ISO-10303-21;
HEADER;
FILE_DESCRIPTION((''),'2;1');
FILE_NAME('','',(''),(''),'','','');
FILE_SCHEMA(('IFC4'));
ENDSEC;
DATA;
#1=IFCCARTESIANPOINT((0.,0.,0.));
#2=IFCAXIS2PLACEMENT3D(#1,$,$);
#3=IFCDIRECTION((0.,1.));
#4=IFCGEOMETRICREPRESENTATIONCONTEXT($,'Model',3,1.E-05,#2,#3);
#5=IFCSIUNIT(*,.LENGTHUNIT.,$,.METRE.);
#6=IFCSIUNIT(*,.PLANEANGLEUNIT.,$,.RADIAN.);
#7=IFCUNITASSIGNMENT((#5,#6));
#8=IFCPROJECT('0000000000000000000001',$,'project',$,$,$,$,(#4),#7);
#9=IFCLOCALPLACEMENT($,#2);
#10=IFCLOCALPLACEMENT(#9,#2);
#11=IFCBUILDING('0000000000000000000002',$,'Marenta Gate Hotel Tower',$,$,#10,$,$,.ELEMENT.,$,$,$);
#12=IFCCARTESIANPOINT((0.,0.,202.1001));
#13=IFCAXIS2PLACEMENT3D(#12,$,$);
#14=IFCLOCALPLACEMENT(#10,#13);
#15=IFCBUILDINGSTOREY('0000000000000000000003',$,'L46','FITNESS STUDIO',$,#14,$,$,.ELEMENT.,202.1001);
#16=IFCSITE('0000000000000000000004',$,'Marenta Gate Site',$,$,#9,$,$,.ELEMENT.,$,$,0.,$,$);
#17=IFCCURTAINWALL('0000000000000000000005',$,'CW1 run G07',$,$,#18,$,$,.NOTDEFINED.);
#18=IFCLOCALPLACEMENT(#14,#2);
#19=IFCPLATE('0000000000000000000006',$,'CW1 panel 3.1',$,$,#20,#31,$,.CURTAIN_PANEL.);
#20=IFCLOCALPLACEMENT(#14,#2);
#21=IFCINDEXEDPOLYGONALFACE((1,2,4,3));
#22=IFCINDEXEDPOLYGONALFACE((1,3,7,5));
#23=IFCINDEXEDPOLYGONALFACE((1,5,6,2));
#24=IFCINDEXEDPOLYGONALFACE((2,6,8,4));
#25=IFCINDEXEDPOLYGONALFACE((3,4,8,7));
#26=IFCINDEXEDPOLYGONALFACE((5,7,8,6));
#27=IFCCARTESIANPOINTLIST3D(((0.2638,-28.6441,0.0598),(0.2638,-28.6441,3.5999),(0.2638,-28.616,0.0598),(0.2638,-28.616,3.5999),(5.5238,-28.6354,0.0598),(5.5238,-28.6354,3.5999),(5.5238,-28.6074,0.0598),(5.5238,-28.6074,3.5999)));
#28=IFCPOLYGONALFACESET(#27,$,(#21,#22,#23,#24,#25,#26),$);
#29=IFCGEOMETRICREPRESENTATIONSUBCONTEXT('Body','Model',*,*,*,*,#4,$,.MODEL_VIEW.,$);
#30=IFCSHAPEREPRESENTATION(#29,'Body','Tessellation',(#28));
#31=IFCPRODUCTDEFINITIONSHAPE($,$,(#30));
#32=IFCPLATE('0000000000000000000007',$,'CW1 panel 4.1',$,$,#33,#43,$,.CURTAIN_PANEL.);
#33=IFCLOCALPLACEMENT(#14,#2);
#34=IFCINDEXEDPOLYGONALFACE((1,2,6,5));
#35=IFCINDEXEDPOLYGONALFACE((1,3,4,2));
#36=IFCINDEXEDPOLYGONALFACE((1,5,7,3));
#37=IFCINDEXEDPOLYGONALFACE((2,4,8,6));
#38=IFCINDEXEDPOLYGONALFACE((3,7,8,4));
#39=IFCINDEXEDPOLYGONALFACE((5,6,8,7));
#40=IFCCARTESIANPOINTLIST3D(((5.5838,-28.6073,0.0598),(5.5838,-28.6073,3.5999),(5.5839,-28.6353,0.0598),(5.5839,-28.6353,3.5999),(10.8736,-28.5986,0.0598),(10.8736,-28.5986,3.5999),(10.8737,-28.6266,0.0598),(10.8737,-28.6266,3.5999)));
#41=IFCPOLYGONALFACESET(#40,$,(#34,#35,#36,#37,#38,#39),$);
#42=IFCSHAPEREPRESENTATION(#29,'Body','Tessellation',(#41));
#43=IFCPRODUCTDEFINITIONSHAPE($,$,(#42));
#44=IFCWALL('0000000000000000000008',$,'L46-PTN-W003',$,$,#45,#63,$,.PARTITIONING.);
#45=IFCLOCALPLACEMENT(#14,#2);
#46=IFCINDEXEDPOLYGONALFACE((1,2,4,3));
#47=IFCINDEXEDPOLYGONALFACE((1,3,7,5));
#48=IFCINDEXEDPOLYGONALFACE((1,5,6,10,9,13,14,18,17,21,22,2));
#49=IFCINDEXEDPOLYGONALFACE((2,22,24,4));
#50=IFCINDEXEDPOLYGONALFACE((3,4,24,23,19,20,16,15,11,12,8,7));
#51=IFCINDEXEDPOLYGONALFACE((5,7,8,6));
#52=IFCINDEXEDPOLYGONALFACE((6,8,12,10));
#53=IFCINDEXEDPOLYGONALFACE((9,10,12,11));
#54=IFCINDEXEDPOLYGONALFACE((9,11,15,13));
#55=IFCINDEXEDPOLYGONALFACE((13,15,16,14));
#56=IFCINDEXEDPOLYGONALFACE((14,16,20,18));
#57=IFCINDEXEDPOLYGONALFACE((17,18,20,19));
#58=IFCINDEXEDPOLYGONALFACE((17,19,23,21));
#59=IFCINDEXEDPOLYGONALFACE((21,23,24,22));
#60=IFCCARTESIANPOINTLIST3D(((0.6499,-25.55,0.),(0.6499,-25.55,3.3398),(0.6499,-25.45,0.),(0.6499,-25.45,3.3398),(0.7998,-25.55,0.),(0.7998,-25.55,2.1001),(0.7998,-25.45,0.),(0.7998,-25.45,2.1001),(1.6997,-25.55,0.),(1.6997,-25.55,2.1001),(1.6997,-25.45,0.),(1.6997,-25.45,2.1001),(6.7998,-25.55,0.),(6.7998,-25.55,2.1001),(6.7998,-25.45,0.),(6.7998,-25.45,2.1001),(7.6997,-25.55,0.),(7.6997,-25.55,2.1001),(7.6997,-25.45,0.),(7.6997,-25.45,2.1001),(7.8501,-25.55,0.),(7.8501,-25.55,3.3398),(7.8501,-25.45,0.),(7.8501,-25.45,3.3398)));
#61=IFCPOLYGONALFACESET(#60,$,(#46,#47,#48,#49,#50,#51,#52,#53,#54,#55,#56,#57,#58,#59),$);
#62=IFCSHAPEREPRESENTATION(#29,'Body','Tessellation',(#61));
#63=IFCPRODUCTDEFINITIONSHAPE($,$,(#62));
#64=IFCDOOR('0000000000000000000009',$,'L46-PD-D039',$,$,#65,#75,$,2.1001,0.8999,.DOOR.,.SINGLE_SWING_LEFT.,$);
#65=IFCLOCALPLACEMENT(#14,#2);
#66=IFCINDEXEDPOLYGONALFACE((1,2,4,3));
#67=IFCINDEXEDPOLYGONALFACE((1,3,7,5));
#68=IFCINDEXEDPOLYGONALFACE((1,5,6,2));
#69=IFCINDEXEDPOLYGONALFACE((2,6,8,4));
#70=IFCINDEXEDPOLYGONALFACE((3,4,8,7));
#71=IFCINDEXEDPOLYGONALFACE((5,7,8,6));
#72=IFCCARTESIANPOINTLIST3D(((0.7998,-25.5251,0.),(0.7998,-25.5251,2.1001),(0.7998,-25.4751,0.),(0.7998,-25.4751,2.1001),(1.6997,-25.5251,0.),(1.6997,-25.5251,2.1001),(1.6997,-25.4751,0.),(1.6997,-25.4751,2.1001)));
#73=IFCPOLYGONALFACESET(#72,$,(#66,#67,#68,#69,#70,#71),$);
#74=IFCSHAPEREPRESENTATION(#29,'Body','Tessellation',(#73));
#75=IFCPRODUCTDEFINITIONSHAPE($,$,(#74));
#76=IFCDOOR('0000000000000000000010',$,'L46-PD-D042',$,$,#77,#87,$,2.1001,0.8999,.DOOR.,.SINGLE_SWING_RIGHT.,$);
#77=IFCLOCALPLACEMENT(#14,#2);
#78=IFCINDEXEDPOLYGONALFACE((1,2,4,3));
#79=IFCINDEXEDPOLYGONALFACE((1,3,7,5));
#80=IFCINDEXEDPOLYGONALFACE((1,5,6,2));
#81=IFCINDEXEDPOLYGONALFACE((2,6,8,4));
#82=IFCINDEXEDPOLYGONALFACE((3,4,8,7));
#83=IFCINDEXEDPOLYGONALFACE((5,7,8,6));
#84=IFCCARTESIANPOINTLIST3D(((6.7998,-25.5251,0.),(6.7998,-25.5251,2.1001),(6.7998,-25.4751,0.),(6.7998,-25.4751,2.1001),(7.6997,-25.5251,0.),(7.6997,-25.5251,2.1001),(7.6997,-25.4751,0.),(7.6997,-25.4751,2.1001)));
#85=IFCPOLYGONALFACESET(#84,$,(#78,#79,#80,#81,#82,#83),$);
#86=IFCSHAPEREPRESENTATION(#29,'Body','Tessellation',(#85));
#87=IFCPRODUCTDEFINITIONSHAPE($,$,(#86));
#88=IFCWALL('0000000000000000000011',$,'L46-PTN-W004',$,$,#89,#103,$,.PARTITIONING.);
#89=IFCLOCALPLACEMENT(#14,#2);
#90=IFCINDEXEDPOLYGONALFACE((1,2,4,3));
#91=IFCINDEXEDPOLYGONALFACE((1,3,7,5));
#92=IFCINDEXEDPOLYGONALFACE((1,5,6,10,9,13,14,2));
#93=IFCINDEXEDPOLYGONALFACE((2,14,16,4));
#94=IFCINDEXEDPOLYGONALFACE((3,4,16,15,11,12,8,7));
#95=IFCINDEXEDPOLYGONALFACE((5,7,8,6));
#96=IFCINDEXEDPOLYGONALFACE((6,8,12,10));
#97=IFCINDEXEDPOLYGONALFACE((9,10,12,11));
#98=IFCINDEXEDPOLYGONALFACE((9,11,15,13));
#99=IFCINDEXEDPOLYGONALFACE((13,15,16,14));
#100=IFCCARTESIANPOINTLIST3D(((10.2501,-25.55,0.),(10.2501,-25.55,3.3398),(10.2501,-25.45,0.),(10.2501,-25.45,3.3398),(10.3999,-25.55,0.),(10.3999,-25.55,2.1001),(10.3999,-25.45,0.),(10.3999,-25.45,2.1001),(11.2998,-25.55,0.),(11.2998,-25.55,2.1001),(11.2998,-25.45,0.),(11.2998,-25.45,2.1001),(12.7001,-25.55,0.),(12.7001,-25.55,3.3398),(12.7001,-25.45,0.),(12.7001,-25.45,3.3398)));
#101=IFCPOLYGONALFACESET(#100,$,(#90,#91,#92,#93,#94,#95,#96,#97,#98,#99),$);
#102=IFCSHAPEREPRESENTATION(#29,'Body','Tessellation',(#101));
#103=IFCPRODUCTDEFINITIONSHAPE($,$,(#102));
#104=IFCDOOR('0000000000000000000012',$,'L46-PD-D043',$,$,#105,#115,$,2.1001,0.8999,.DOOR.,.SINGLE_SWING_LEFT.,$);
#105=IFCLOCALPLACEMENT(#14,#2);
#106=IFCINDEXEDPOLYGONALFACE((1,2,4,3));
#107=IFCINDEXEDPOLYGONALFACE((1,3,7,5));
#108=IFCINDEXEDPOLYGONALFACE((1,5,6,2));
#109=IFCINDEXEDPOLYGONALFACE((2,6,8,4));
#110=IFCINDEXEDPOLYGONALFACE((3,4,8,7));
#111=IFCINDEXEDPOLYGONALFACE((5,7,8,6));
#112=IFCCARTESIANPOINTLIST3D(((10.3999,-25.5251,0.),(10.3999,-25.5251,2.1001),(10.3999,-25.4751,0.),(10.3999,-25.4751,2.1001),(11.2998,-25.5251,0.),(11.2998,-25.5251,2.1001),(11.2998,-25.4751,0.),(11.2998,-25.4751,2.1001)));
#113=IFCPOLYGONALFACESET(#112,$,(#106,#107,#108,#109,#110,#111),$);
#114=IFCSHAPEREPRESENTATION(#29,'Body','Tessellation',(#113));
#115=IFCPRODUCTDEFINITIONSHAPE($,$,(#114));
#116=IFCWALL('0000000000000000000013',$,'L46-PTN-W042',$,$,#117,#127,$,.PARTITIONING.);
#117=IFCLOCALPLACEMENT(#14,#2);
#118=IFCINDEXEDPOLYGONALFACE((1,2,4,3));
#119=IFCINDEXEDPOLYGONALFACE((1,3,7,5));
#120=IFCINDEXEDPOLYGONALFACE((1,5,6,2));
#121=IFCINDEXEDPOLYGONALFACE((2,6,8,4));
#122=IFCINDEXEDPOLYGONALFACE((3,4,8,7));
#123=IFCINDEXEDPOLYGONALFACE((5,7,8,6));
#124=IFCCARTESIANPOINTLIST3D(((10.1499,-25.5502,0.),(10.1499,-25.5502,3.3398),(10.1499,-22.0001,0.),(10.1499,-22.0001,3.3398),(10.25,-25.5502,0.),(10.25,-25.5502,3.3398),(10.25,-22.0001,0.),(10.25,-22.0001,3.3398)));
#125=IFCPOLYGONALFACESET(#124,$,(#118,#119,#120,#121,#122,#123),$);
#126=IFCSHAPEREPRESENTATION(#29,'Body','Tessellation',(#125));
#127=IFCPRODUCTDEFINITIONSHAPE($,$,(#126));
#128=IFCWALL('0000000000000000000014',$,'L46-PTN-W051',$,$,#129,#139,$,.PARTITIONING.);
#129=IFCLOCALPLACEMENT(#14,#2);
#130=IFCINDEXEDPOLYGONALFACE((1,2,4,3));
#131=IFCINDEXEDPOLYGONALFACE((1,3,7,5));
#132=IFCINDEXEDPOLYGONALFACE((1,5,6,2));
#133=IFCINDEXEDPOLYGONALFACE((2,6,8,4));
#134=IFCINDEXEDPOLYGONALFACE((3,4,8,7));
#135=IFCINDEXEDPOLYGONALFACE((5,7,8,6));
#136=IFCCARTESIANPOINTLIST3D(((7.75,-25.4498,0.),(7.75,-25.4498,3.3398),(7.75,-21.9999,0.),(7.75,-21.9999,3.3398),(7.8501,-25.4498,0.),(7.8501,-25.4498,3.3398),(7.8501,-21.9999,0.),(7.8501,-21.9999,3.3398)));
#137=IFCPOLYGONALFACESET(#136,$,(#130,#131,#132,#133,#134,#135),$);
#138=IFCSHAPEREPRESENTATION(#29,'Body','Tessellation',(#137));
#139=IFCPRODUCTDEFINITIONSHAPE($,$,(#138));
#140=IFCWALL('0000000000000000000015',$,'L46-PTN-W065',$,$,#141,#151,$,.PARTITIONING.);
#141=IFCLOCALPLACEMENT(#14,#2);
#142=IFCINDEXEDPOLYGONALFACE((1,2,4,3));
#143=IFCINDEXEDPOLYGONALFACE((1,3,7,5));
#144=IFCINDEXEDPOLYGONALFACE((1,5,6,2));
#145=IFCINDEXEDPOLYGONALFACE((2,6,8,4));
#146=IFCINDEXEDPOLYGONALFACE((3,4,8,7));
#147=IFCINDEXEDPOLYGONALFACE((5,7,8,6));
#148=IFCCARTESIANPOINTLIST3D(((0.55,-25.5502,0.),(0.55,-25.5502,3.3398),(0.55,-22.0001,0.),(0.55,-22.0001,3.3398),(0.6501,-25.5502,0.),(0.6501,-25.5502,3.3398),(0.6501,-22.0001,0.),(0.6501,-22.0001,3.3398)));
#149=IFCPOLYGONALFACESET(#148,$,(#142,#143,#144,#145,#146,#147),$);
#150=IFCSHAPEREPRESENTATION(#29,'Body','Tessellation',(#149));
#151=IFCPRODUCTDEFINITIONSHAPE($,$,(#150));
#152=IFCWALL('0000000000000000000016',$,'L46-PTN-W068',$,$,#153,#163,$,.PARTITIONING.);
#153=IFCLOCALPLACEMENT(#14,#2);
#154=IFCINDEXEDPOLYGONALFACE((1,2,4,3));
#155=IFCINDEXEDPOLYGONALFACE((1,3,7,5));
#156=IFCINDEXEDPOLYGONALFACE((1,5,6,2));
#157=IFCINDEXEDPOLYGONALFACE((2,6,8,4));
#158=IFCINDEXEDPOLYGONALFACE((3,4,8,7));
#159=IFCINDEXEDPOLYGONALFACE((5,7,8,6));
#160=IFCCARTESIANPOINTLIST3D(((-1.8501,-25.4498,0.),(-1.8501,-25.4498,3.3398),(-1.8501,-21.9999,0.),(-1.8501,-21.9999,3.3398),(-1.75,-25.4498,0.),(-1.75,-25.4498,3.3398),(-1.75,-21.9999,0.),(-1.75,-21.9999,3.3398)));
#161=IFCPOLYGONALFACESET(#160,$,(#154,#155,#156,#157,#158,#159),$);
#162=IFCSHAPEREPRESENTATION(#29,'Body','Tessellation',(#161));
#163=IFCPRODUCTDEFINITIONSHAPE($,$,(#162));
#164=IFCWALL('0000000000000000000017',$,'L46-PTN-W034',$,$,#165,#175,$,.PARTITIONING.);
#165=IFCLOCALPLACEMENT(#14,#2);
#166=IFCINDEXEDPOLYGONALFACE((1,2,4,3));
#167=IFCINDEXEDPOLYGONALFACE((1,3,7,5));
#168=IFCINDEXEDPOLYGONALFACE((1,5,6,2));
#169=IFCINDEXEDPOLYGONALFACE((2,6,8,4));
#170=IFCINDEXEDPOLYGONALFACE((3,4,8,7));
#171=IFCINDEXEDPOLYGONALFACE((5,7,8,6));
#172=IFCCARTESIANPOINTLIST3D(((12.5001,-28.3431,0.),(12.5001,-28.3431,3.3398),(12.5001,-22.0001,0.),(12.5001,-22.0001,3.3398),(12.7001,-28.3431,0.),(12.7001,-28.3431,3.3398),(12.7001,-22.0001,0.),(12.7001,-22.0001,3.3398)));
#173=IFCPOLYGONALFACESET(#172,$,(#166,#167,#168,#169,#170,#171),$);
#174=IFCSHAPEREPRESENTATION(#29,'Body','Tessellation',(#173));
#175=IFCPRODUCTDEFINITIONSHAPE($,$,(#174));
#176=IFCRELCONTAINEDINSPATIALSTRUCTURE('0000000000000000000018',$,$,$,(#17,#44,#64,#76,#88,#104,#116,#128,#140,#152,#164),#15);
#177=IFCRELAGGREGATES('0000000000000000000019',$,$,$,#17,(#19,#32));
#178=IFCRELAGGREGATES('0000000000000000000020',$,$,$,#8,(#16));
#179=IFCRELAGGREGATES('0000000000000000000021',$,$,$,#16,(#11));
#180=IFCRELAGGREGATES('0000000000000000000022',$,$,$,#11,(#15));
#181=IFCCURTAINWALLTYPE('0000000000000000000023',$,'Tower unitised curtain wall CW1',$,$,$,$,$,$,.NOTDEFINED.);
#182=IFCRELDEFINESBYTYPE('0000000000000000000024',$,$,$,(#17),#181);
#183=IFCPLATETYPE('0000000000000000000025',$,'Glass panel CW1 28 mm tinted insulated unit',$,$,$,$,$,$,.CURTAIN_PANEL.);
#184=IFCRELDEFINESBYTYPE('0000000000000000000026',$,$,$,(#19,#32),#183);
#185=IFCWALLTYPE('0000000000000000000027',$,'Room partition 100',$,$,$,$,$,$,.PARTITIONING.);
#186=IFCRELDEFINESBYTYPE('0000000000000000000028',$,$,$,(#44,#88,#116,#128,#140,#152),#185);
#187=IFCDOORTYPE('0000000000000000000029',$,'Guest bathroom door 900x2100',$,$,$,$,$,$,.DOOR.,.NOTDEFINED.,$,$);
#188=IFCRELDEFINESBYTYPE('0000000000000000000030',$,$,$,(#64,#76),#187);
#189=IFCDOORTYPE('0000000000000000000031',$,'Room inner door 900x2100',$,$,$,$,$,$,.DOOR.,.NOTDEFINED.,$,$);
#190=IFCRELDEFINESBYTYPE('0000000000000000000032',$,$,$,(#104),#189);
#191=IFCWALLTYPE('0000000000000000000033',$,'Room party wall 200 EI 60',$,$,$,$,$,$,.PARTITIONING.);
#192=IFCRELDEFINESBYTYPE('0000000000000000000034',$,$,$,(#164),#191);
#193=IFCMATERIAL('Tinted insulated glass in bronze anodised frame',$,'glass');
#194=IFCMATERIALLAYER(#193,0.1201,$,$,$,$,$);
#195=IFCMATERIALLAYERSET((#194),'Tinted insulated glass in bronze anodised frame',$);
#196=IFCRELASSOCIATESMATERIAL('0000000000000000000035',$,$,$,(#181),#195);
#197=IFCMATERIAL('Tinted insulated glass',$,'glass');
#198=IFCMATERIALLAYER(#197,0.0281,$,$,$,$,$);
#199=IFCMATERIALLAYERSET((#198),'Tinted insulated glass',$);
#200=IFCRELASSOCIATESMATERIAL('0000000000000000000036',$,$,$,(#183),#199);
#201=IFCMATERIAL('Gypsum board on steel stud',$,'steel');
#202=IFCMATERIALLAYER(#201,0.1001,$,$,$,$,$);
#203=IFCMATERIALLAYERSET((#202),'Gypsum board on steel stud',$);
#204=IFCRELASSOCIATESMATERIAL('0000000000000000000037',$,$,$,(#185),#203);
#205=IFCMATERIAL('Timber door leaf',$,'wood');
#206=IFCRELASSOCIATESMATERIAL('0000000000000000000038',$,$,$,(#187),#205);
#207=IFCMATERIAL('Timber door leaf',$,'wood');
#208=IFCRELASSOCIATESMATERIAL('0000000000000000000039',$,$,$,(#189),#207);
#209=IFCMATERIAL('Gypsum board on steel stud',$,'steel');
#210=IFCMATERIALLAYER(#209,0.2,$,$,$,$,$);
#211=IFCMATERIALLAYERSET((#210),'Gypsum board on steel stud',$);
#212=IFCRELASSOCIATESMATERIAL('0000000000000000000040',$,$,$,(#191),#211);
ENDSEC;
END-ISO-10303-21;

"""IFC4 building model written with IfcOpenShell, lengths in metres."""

from ifc_helpers import new_model, si_unit, direction, frame, frame_2d, origin, origin_2d, place, context, subcontext, project, spatial, rectangle, extrude, material, layer, layer_set, type_object, element, fill, aggregate, save


model = new_model("IFC4")

# Units and contexts
model_context = context("Model", 3, precision=1e-05, world=origin(), true_north=direction((0.0, 1.0)))
body_context = subcontext(model_context, "Body", "Model", "MODEL_VIEW")
ifc_project = project(units=[si_unit("LENGTHUNIT", "METRE"), si_unit("PLANEANGLEUNIT", "RADIAN")], contexts=[model_context])

# Site, building, storey
site_placement = place(None, origin())
site = spatial("IfcSite", under=ifc_project, at=site_placement, Name="Marenta Gate Site", CompositionType="ELEMENT", RefElevation=0.0)
building_placement = place(site_placement, origin())
building = spatial("IfcBuilding", under=site, at=building_placement, Name="Marenta Gate Hotel Tower", CompositionType="ELEMENT")
storey_placement = place(building_placement, frame((0.0, 0.0, 202.1001)))
storey = spatial("IfcBuildingStorey", under=building, at=storey_placement, Name="L46", Description="FITNESS STUDIO", CompositionType="ELEMENT", Elevation=202.1001)

# Curtain wall
ifc_material_1 = material(Name="Tinted insulated glass in bronze anodised frame", Category="glass")
ifc_layer_1 = layer(ifc_material_1, 0.1201)
ifc_layer_set_1 = layer_set([ifc_layer_1], Name="Tinted insulated glass in bronze anodised frame")
curtain_wall_type = type_object("IfcCurtainWallType", Name="Tower unitised curtain wall CW1", PredefinedType="NOTDEFINED", material=ifc_layer_set_1)
curtain_wall_1_placement = place(storey_placement, origin())
curtain_wall_1 = element("IfcCurtainWall", 1, at=curtain_wall_1_placement, inside=storey, type_object=curtain_wall_type, Name="CW1 run G07", PredefinedType="NOTDEFINED")

# Plates
ifc_material_2 = material(Name="Tinted insulated glass", Category="glass")
ifc_layer_2 = layer(ifc_material_2, 0.0281)
ifc_layer_set_2 = layer_set([ifc_layer_2], Name="Tinted insulated glass")
plate_type = type_object("IfcPlateType", Name="Glass panel CW1 28 mm tinted insulated unit", PredefinedType="CURTAIN_PANEL", material=ifc_layer_set_2)
plate_1_placement = place(storey_placement, frame((2.8938, -28.6257, 0.0598), z_axis=(0.0, 0.0, 1.0), x_axis=(0.999999, 0.001645, 0.0)))
plate_1 = element("IfcPlate", 2, at=plate_1_placement, type_object=plate_type, Name="CW1 panel 3.1", PredefinedType="CURTAIN_PANEL", context=body_context, shape_type="SweptSolid", body=[
    extrude(rectangle(XDim=5.26, YDim=0.0281, at=origin_2d()), origin(), (0.0, 0.0, 1.0), 3.54),
])
plate_2_placement = place(storey_placement, frame((8.2288, -28.6169, 0.0598), z_axis=(0.0, 0.0, 1.0), x_axis=(0.999999, 0.001645, 0.0)))
plate_2 = element("IfcPlate", 3, at=plate_2_placement, type_object=plate_type, Name="CW1 panel 4.1", PredefinedType="CURTAIN_PANEL", context=body_context, shape_type="SweptSolid", body=[
    extrude(rectangle(XDim=5.2898, YDim=0.0281, at=origin_2d()), origin(), (0.0, 0.0, 1.0), 3.54),
])
aggregate(curtain_wall_1, [plate_1, plate_2])

# Wall, openings, doors
ifc_material_3 = material(Name="Gypsum board on steel stud", Category="steel")
ifc_layer_3 = layer(ifc_material_3, 0.1001)
ifc_layer_set_3 = layer_set([ifc_layer_3], Name="Gypsum board on steel stud")
wall_type_1 = type_object("IfcWallType", Name="Room partition 100", PredefinedType="PARTITIONING", material=ifc_layer_set_3)
wall_1_placement = place(storey_placement, frame((0.6499, -25.5, 0.0), z_axis=(0.0, 0.0, 1.0), x_axis=(1.0, 0.0, 0.0)))
wall_1 = element("IfcWall", 4, at=wall_1_placement, inside=storey, type_object=wall_type_1, Name="L46-PTN-W003", PredefinedType="PARTITIONING", context=body_context, shape_type="SweptSolid", body=[
    extrude(rectangle(XDim=7.2002, YDim=0.1001, at=frame_2d((3.6001, 0.0))), origin(), (0.0, 0.0, 1.0), 3.3398),
])
opening_1_placement = place(wall_1_placement, frame((0.1499, 0.0, 0.0)))
opening_1 = element("IfcOpeningElement", 5, at=opening_1_placement, cuts=wall_1, PredefinedType="OPENING", context=body_context, shape_type="SweptSolid", body=[
    extrude(rectangle(XDim=0.8999, YDim=2.1001, at=frame_2d((0.45, 1.05))), frame((0.0, 0.05, 0.0), z_axis=(0.0, -1.0, 0.0), x_axis=(1.0, 0.0, 0.0)), (0.0, 0.0, 1.0), 0.1001),
])
opening_2_placement = place(wall_1_placement, frame((6.1499, 0.0, 0.0)))
opening_2 = element("IfcOpeningElement", 6, at=opening_2_placement, cuts=wall_1, PredefinedType="OPENING", context=body_context, shape_type="SweptSolid", body=[
    extrude(rectangle(XDim=0.8999, YDim=2.1001, at=frame_2d((0.45, 1.05))), frame((0.0, 0.05, 0.0), z_axis=(0.0, -1.0, 0.0), x_axis=(1.0, 0.0, 0.0)), (0.0, 0.0, 1.0), 0.1001),
])
ifc_material_4 = material(Name="Timber door leaf", Category="wood")
door_type_1 = type_object("IfcDoorType", Name="Guest bathroom door 900x2100", OperationType="NOTDEFINED", PredefinedType="DOOR", material=ifc_material_4)
door_1_placement = place(opening_1_placement, origin())
door_1 = element("IfcDoor", 7, at=door_1_placement, inside=storey, type_object=door_type_1, Name="L46-PD-D039", OperationType="SINGLE_SWING_LEFT", OverallHeight=2.1001, OverallWidth=0.8999, PredefinedType="DOOR", context=body_context, shape_type="SweptSolid", body=[
    extrude(rectangle(XDim=0.8999, YDim=2.1001, at=frame_2d((0.45, 1.05))), frame((0.0, 0.0249, 0.0), z_axis=(0.0, -1.0, 0.0), x_axis=(1.0, 0.0, 0.0)), (0.0, 0.0, 1.0), 0.05),
])
fill(opening_1, door_1)
door_2_placement = place(opening_2_placement, origin())
door_2 = element("IfcDoor", 8, at=door_2_placement, inside=storey, type_object=door_type_1, Name="L46-PD-D042", OperationType="SINGLE_SWING_RIGHT", OverallHeight=2.1001, OverallWidth=0.8999, PredefinedType="DOOR", context=body_context, shape_type="SweptSolid", body=[
    extrude(rectangle(XDim=0.8999, YDim=2.1001, at=frame_2d((0.45, 1.05))), frame((0.0, 0.0249, 0.0), z_axis=(0.0, -1.0, 0.0), x_axis=(1.0, 0.0, 0.0)), (0.0, 0.0, 1.0), 0.05),
])
fill(opening_2, door_2)

# Wall, opening, door
wall_2_placement = place(storey_placement, frame((10.25, -25.5, 0.0), z_axis=(0.0, 0.0, 1.0), x_axis=(1.0, 0.0, 0.0)))
wall_2 = element("IfcWall", 9, at=wall_2_placement, inside=storey, type_object=wall_type_1, Name="L46-PTN-W004", PredefinedType="PARTITIONING", context=body_context, shape_type="SweptSolid", body=[
    extrude(rectangle(XDim=2.45, YDim=0.1001, at=frame_2d((1.2251, 0.0))), origin(), (0.0, 0.0, 1.0), 3.3398),
])
opening_3_placement = place(wall_2_placement, frame((0.1499, 0.0, 0.0)))
opening_3 = element("IfcOpeningElement", 10, at=opening_3_placement, cuts=wall_2, PredefinedType="OPENING", context=body_context, shape_type="SweptSolid", body=[
    extrude(rectangle(XDim=0.8999, YDim=2.1001, at=frame_2d((0.45, 1.05))), frame((0.0, 0.05, 0.0), z_axis=(0.0, -1.0, 0.0), x_axis=(1.0, 0.0, 0.0)), (0.0, 0.0, 1.0), 0.1001),
])
ifc_material_5 = material(Name="Timber door leaf", Category="wood")
door_type_2 = type_object("IfcDoorType", Name="Room inner door 900x2100", OperationType="NOTDEFINED", PredefinedType="DOOR", material=ifc_material_5)
door_3_placement = place(opening_3_placement, origin())
door_3 = element("IfcDoor", 11, at=door_3_placement, inside=storey, type_object=door_type_2, Name="L46-PD-D043", OperationType="SINGLE_SWING_LEFT", OverallHeight=2.1001, OverallWidth=0.8999, PredefinedType="DOOR", context=body_context, shape_type="SweptSolid", body=[
    extrude(rectangle(XDim=0.8999, YDim=2.1001, at=frame_2d((0.45, 1.05))), frame((0.0, 0.0249, 0.0), z_axis=(0.0, -1.0, 0.0), x_axis=(1.0, 0.0, 0.0)), (0.0, 0.0, 1.0), 0.05),
])
fill(opening_3, door_3)

# Walls
wall_3_placement = place(storey_placement, frame((10.2, -25.55, 0.0), z_axis=(0.0, 0.0, 1.0), x_axis=(0.0, 1.0, 0.0)))
element("IfcWall", 12, at=wall_3_placement, inside=storey, type_object=wall_type_1, Name="L46-PTN-W042", PredefinedType="PARTITIONING", context=body_context, shape_type="SweptSolid", body=[
    extrude(rectangle(XDim=3.55, YDim=0.1001, at=frame_2d((1.7749, 0.0))), origin(), (0.0, 0.0, 1.0), 3.3398),
])
wall_4_placement = place(storey_placement, frame((7.8, -25.45, 0.0), z_axis=(0.0, 0.0, 1.0), x_axis=(0.0, 1.0, 0.0)))
element("IfcWall", 13, at=wall_4_placement, inside=storey, type_object=wall_type_1, Name="L46-PTN-W051", PredefinedType="PARTITIONING", context=body_context, shape_type="SweptSolid", body=[
    extrude(rectangle(XDim=3.45, YDim=0.1001, at=frame_2d((1.7251, 0.0))), origin(), (0.0, 0.0, 1.0), 3.3398),
])
wall_5_placement = place(storey_placement, frame((0.6001, -25.55, 0.0), z_axis=(0.0, 0.0, 1.0), x_axis=(0.0, 1.0, 0.0)))
element("IfcWall", 14, at=wall_5_placement, inside=storey, type_object=wall_type_1, Name="L46-PTN-W065", PredefinedType="PARTITIONING", context=body_context, shape_type="SweptSolid", body=[
    extrude(rectangle(XDim=3.55, YDim=0.1001, at=frame_2d((1.7749, 0.0))), origin(), (0.0, 0.0, 1.0), 3.3398),
])
wall_6_placement = place(storey_placement, frame((-1.8, -25.45, 0.0), z_axis=(0.0, 0.0, 1.0), x_axis=(0.0, 1.0, 0.0)))
element("IfcWall", 15, at=wall_6_placement, inside=storey, type_object=wall_type_1, Name="L46-PTN-W068", PredefinedType="PARTITIONING", context=body_context, shape_type="SweptSolid", body=[
    extrude(rectangle(XDim=3.45, YDim=0.1001, at=frame_2d((1.7251, 0.0))), origin(), (0.0, 0.0, 1.0), 3.3398),
])
ifc_material_6 = material(Name="Gypsum board on steel stud", Category="steel")
ifc_layer_4 = layer(ifc_material_6, 0.2)
ifc_layer_set_4 = layer_set([ifc_layer_4], Name="Gypsum board on steel stud")
wall_type_2 = type_object("IfcWallType", Name="Room party wall 200 EI 60", PredefinedType="PARTITIONING", material=ifc_layer_set_4)
wall_7_placement = place(storey_placement, frame((12.6001, -28.343, 0.0), z_axis=(0.0, 0.0, 1.0), x_axis=(0.0, 1.0, 0.0)))
element("IfcWall", 16, at=wall_7_placement, inside=storey, type_object=wall_type_2, Name="L46-PTN-W034", PredefinedType="PARTITIONING", context=body_context, shape_type="SweptSolid", body=[
    extrude(rectangle(XDim=6.343, YDim=0.2, at=frame_2d((3.1714, 0.0))), origin(), (0.0, 0.0, 1.0), 3.3398),
])

save(model, "model.ifc")
